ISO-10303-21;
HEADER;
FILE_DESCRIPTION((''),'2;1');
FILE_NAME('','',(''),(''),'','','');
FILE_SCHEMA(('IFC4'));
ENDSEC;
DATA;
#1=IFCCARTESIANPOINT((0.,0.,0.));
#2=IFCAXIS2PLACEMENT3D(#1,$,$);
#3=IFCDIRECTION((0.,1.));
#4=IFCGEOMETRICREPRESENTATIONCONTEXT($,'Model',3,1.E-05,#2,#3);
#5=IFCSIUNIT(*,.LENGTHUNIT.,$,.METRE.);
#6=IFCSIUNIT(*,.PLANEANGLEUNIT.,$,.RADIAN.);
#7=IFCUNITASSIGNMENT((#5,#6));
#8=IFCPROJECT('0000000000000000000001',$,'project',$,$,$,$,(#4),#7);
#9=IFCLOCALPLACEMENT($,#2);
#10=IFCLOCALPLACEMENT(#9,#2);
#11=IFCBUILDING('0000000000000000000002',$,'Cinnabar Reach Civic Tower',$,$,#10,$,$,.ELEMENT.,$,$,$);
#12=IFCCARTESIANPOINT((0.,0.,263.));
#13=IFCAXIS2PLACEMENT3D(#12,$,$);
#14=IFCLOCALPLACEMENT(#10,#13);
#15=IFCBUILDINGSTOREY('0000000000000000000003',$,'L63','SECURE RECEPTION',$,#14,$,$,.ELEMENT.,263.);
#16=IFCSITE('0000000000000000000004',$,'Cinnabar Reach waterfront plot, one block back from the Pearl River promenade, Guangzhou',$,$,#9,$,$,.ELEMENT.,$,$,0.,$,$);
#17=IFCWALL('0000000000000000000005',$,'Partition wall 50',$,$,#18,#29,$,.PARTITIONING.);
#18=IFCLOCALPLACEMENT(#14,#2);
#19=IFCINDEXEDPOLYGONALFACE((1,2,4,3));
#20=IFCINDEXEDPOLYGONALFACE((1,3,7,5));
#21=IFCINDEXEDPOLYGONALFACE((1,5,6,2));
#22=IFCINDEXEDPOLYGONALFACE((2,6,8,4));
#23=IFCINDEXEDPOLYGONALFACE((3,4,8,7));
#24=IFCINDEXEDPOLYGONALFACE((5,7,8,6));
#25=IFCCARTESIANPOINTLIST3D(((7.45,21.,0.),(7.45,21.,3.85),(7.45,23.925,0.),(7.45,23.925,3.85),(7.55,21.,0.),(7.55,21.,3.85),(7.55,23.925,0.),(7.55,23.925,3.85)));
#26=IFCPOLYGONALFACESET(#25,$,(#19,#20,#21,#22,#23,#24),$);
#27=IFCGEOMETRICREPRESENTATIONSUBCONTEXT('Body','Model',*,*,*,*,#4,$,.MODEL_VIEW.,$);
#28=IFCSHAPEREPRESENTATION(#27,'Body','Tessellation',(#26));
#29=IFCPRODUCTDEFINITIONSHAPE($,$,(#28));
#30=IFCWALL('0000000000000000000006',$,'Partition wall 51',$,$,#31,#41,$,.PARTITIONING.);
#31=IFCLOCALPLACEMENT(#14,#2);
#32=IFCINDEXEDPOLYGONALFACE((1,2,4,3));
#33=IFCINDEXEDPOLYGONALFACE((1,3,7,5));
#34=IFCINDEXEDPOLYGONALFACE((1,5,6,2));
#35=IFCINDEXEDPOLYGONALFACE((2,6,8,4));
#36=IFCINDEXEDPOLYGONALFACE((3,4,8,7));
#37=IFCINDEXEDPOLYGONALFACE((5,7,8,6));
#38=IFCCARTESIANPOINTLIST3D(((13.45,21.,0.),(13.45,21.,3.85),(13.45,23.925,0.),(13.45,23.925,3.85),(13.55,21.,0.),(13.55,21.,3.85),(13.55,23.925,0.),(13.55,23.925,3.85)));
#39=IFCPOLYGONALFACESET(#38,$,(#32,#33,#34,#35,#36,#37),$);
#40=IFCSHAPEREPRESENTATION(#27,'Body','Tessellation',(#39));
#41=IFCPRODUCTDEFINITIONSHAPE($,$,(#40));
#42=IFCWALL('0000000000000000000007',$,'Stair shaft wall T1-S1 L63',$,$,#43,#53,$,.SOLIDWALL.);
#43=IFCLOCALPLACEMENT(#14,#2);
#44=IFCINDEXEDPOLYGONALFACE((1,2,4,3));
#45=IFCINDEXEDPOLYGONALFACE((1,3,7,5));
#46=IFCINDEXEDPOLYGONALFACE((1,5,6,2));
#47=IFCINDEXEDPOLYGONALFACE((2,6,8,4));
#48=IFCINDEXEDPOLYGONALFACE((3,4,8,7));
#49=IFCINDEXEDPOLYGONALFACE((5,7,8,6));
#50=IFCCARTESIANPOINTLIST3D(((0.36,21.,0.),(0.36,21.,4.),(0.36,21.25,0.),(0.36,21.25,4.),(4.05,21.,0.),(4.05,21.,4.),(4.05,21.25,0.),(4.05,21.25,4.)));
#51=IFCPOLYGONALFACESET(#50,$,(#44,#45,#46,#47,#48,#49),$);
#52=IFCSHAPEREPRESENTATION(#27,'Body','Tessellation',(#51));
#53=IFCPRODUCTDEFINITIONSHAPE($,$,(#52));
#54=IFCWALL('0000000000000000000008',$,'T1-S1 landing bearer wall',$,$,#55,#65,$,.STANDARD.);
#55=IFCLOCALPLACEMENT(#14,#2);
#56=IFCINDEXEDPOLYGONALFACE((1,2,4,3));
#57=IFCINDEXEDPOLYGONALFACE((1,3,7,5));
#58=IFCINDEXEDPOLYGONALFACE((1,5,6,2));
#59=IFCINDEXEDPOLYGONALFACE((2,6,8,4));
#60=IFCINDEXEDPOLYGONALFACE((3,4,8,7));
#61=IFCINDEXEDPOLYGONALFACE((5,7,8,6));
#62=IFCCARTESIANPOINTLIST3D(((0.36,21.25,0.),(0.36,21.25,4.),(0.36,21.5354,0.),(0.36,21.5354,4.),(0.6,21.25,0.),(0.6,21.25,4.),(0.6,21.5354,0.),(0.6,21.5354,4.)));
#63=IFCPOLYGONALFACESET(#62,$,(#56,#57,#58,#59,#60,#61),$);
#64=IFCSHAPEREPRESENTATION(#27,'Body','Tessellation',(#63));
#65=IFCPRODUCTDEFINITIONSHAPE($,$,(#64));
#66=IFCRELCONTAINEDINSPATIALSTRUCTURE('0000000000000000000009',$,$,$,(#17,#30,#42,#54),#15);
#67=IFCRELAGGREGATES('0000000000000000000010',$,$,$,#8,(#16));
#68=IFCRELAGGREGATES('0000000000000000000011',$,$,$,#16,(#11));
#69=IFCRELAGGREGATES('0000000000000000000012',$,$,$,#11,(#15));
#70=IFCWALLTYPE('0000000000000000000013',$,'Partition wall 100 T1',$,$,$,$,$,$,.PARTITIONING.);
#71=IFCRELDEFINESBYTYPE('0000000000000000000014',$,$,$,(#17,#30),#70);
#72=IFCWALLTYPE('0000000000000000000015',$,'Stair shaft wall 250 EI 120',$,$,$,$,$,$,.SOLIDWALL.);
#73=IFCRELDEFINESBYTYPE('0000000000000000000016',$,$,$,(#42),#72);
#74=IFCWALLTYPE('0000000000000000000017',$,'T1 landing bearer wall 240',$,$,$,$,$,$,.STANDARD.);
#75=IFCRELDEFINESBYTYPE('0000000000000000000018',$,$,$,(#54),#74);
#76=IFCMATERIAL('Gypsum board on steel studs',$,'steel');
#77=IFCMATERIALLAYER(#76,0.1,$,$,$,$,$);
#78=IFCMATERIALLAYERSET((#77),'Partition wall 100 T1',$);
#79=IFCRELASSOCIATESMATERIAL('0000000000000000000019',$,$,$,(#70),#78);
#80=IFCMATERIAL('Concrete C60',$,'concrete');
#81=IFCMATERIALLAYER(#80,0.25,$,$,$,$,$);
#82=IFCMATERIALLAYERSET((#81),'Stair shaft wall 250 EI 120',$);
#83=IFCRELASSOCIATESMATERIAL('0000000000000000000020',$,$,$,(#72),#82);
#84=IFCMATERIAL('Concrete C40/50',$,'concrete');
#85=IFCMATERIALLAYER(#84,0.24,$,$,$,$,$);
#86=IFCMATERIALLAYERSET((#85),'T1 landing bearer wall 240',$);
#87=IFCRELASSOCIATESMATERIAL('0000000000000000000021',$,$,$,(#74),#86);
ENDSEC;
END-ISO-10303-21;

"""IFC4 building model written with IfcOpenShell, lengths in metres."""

from ifc_helpers import new_model, si_unit, direction, frame, frame_2d, origin, place, context, subcontext, project, spatial, rectangle, extrude, material, layer, layer_set, type_object, element, save


model = new_model("IFC4")

# Units and contexts
model_context = context("Model", 3, precision=1e-05, world=origin(), true_north=direction((0.0, 1.0)))
body_context = subcontext(model_context, "Body", "Model", "MODEL_VIEW")
ifc_project = project(units=[si_unit("LENGTHUNIT", "METRE"), si_unit("PLANEANGLEUNIT", "RADIAN")], contexts=[model_context])

# Site, building, storey
site_placement = place(None, origin())
site = spatial("IfcSite", under=ifc_project, at=site_placement, Name="Cinnabar Reach waterfront plot, one block back from the Pearl River promenade, Guangzhou", CompositionType="ELEMENT", RefElevation=0.0)
building_placement = place(site_placement, origin())
building = spatial("IfcBuilding", under=site, at=building_placement, Name="Cinnabar Reach Civic Tower", CompositionType="ELEMENT")
storey_placement = place(building_placement, frame((0.0, 0.0, 263.0)))
storey = spatial("IfcBuildingStorey", under=building, at=storey_placement, Name="L63", Description="SECURE RECEPTION", CompositionType="ELEMENT", Elevation=263.0)

# Shared definitions
ifc_material_1 = material(Name="Concrete C60", Category="concrete")

# Shared definitions
ifc_material_2 = material(Name="Concrete C40/50", Category="concrete")

# Walls
ifc_material_3 = material(Name="Gypsum board on steel studs", Category="steel")
ifc_layer_1 = layer(ifc_material_3, 0.1)
ifc_layer_set_1 = layer_set([ifc_layer_1], Name="Partition wall 100 T1")
wall_type_1 = type_object("IfcWallType", Name="Partition wall 100 T1", PredefinedType="PARTITIONING", material=ifc_layer_set_1)
for number, where, z_axis, x_axis, name in (
    (1, (7.5, 21.0, 0.0), (0.0, 0.0, 1.0), (0.0, 1.0, 0.0), "Partition wall 50"),
    (2, (13.5, 21.0, 0.0), (0.0, 0.0, 1.0), (0.0, 1.0, 0.0), "Partition wall 51"),
):
    element("IfcWall", number, at=place(storey_placement, frame(where, z_axis=z_axis, x_axis=x_axis)), inside=storey, type_object=wall_type_1, Name=name, PredefinedType="PARTITIONING", context=body_context, shape_type="SweptSolid", body=[
        extrude(rectangle(XDim=2.925, YDim=0.1, at=frame_2d((1.4625, 0.0))), origin(), (0.0, 0.0, 1.0), 3.85),
    ])
ifc_layer_2 = layer(ifc_material_1, 0.25)
ifc_layer_set_2 = layer_set([ifc_layer_2], Name="Stair shaft wall 250 EI 120")
wall_type_2 = type_object("IfcWallType", Name="Stair shaft wall 250 EI 120", PredefinedType="SOLIDWALL", material=ifc_layer_set_2)
wall_1_placement = place(storey_placement, frame((0.36, 21.125, 0.0), z_axis=(0.0, 0.0, 1.0), x_axis=(1.0, 0.0, 0.0)))
element("IfcWall", 3, at=wall_1_placement, inside=storey, type_object=wall_type_2, Name="Stair shaft wall T1-S1 L63", PredefinedType="SOLIDWALL", context=body_context, shape_type="SweptSolid", body=[
    extrude(rectangle(XDim=3.69, YDim=0.25, at=frame_2d((1.845, 0.0))), origin(), (0.0, 0.0, 1.0), 4.0),
])
ifc_layer_3 = layer(ifc_material_2, 0.24)
ifc_layer_set_3 = layer_set([ifc_layer_3], Name="T1 landing bearer wall 240")
wall_type_3 = type_object("IfcWallType", Name="T1 landing bearer wall 240", PredefinedType="STANDARD", material=ifc_layer_set_3)
wall_2_placement = place(storey_placement, frame((0.48, 21.25, 0.0), z_axis=(0.0, 0.0, 1.0), x_axis=(0.0, 1.0, 0.0)))
element("IfcWall", 4, at=wall_2_placement, inside=storey, type_object=wall_type_3, Name="T1-S1 landing bearer wall", PredefinedType="STANDARD", context=body_context, shape_type="SweptSolid", body=[
    extrude(rectangle(XDim=0.2854, YDim=0.24, at=frame_2d((0.1427, 0.0))), origin(), (0.0, 0.0, 1.0), 4.0),
])

save(model, "model.ifc")
